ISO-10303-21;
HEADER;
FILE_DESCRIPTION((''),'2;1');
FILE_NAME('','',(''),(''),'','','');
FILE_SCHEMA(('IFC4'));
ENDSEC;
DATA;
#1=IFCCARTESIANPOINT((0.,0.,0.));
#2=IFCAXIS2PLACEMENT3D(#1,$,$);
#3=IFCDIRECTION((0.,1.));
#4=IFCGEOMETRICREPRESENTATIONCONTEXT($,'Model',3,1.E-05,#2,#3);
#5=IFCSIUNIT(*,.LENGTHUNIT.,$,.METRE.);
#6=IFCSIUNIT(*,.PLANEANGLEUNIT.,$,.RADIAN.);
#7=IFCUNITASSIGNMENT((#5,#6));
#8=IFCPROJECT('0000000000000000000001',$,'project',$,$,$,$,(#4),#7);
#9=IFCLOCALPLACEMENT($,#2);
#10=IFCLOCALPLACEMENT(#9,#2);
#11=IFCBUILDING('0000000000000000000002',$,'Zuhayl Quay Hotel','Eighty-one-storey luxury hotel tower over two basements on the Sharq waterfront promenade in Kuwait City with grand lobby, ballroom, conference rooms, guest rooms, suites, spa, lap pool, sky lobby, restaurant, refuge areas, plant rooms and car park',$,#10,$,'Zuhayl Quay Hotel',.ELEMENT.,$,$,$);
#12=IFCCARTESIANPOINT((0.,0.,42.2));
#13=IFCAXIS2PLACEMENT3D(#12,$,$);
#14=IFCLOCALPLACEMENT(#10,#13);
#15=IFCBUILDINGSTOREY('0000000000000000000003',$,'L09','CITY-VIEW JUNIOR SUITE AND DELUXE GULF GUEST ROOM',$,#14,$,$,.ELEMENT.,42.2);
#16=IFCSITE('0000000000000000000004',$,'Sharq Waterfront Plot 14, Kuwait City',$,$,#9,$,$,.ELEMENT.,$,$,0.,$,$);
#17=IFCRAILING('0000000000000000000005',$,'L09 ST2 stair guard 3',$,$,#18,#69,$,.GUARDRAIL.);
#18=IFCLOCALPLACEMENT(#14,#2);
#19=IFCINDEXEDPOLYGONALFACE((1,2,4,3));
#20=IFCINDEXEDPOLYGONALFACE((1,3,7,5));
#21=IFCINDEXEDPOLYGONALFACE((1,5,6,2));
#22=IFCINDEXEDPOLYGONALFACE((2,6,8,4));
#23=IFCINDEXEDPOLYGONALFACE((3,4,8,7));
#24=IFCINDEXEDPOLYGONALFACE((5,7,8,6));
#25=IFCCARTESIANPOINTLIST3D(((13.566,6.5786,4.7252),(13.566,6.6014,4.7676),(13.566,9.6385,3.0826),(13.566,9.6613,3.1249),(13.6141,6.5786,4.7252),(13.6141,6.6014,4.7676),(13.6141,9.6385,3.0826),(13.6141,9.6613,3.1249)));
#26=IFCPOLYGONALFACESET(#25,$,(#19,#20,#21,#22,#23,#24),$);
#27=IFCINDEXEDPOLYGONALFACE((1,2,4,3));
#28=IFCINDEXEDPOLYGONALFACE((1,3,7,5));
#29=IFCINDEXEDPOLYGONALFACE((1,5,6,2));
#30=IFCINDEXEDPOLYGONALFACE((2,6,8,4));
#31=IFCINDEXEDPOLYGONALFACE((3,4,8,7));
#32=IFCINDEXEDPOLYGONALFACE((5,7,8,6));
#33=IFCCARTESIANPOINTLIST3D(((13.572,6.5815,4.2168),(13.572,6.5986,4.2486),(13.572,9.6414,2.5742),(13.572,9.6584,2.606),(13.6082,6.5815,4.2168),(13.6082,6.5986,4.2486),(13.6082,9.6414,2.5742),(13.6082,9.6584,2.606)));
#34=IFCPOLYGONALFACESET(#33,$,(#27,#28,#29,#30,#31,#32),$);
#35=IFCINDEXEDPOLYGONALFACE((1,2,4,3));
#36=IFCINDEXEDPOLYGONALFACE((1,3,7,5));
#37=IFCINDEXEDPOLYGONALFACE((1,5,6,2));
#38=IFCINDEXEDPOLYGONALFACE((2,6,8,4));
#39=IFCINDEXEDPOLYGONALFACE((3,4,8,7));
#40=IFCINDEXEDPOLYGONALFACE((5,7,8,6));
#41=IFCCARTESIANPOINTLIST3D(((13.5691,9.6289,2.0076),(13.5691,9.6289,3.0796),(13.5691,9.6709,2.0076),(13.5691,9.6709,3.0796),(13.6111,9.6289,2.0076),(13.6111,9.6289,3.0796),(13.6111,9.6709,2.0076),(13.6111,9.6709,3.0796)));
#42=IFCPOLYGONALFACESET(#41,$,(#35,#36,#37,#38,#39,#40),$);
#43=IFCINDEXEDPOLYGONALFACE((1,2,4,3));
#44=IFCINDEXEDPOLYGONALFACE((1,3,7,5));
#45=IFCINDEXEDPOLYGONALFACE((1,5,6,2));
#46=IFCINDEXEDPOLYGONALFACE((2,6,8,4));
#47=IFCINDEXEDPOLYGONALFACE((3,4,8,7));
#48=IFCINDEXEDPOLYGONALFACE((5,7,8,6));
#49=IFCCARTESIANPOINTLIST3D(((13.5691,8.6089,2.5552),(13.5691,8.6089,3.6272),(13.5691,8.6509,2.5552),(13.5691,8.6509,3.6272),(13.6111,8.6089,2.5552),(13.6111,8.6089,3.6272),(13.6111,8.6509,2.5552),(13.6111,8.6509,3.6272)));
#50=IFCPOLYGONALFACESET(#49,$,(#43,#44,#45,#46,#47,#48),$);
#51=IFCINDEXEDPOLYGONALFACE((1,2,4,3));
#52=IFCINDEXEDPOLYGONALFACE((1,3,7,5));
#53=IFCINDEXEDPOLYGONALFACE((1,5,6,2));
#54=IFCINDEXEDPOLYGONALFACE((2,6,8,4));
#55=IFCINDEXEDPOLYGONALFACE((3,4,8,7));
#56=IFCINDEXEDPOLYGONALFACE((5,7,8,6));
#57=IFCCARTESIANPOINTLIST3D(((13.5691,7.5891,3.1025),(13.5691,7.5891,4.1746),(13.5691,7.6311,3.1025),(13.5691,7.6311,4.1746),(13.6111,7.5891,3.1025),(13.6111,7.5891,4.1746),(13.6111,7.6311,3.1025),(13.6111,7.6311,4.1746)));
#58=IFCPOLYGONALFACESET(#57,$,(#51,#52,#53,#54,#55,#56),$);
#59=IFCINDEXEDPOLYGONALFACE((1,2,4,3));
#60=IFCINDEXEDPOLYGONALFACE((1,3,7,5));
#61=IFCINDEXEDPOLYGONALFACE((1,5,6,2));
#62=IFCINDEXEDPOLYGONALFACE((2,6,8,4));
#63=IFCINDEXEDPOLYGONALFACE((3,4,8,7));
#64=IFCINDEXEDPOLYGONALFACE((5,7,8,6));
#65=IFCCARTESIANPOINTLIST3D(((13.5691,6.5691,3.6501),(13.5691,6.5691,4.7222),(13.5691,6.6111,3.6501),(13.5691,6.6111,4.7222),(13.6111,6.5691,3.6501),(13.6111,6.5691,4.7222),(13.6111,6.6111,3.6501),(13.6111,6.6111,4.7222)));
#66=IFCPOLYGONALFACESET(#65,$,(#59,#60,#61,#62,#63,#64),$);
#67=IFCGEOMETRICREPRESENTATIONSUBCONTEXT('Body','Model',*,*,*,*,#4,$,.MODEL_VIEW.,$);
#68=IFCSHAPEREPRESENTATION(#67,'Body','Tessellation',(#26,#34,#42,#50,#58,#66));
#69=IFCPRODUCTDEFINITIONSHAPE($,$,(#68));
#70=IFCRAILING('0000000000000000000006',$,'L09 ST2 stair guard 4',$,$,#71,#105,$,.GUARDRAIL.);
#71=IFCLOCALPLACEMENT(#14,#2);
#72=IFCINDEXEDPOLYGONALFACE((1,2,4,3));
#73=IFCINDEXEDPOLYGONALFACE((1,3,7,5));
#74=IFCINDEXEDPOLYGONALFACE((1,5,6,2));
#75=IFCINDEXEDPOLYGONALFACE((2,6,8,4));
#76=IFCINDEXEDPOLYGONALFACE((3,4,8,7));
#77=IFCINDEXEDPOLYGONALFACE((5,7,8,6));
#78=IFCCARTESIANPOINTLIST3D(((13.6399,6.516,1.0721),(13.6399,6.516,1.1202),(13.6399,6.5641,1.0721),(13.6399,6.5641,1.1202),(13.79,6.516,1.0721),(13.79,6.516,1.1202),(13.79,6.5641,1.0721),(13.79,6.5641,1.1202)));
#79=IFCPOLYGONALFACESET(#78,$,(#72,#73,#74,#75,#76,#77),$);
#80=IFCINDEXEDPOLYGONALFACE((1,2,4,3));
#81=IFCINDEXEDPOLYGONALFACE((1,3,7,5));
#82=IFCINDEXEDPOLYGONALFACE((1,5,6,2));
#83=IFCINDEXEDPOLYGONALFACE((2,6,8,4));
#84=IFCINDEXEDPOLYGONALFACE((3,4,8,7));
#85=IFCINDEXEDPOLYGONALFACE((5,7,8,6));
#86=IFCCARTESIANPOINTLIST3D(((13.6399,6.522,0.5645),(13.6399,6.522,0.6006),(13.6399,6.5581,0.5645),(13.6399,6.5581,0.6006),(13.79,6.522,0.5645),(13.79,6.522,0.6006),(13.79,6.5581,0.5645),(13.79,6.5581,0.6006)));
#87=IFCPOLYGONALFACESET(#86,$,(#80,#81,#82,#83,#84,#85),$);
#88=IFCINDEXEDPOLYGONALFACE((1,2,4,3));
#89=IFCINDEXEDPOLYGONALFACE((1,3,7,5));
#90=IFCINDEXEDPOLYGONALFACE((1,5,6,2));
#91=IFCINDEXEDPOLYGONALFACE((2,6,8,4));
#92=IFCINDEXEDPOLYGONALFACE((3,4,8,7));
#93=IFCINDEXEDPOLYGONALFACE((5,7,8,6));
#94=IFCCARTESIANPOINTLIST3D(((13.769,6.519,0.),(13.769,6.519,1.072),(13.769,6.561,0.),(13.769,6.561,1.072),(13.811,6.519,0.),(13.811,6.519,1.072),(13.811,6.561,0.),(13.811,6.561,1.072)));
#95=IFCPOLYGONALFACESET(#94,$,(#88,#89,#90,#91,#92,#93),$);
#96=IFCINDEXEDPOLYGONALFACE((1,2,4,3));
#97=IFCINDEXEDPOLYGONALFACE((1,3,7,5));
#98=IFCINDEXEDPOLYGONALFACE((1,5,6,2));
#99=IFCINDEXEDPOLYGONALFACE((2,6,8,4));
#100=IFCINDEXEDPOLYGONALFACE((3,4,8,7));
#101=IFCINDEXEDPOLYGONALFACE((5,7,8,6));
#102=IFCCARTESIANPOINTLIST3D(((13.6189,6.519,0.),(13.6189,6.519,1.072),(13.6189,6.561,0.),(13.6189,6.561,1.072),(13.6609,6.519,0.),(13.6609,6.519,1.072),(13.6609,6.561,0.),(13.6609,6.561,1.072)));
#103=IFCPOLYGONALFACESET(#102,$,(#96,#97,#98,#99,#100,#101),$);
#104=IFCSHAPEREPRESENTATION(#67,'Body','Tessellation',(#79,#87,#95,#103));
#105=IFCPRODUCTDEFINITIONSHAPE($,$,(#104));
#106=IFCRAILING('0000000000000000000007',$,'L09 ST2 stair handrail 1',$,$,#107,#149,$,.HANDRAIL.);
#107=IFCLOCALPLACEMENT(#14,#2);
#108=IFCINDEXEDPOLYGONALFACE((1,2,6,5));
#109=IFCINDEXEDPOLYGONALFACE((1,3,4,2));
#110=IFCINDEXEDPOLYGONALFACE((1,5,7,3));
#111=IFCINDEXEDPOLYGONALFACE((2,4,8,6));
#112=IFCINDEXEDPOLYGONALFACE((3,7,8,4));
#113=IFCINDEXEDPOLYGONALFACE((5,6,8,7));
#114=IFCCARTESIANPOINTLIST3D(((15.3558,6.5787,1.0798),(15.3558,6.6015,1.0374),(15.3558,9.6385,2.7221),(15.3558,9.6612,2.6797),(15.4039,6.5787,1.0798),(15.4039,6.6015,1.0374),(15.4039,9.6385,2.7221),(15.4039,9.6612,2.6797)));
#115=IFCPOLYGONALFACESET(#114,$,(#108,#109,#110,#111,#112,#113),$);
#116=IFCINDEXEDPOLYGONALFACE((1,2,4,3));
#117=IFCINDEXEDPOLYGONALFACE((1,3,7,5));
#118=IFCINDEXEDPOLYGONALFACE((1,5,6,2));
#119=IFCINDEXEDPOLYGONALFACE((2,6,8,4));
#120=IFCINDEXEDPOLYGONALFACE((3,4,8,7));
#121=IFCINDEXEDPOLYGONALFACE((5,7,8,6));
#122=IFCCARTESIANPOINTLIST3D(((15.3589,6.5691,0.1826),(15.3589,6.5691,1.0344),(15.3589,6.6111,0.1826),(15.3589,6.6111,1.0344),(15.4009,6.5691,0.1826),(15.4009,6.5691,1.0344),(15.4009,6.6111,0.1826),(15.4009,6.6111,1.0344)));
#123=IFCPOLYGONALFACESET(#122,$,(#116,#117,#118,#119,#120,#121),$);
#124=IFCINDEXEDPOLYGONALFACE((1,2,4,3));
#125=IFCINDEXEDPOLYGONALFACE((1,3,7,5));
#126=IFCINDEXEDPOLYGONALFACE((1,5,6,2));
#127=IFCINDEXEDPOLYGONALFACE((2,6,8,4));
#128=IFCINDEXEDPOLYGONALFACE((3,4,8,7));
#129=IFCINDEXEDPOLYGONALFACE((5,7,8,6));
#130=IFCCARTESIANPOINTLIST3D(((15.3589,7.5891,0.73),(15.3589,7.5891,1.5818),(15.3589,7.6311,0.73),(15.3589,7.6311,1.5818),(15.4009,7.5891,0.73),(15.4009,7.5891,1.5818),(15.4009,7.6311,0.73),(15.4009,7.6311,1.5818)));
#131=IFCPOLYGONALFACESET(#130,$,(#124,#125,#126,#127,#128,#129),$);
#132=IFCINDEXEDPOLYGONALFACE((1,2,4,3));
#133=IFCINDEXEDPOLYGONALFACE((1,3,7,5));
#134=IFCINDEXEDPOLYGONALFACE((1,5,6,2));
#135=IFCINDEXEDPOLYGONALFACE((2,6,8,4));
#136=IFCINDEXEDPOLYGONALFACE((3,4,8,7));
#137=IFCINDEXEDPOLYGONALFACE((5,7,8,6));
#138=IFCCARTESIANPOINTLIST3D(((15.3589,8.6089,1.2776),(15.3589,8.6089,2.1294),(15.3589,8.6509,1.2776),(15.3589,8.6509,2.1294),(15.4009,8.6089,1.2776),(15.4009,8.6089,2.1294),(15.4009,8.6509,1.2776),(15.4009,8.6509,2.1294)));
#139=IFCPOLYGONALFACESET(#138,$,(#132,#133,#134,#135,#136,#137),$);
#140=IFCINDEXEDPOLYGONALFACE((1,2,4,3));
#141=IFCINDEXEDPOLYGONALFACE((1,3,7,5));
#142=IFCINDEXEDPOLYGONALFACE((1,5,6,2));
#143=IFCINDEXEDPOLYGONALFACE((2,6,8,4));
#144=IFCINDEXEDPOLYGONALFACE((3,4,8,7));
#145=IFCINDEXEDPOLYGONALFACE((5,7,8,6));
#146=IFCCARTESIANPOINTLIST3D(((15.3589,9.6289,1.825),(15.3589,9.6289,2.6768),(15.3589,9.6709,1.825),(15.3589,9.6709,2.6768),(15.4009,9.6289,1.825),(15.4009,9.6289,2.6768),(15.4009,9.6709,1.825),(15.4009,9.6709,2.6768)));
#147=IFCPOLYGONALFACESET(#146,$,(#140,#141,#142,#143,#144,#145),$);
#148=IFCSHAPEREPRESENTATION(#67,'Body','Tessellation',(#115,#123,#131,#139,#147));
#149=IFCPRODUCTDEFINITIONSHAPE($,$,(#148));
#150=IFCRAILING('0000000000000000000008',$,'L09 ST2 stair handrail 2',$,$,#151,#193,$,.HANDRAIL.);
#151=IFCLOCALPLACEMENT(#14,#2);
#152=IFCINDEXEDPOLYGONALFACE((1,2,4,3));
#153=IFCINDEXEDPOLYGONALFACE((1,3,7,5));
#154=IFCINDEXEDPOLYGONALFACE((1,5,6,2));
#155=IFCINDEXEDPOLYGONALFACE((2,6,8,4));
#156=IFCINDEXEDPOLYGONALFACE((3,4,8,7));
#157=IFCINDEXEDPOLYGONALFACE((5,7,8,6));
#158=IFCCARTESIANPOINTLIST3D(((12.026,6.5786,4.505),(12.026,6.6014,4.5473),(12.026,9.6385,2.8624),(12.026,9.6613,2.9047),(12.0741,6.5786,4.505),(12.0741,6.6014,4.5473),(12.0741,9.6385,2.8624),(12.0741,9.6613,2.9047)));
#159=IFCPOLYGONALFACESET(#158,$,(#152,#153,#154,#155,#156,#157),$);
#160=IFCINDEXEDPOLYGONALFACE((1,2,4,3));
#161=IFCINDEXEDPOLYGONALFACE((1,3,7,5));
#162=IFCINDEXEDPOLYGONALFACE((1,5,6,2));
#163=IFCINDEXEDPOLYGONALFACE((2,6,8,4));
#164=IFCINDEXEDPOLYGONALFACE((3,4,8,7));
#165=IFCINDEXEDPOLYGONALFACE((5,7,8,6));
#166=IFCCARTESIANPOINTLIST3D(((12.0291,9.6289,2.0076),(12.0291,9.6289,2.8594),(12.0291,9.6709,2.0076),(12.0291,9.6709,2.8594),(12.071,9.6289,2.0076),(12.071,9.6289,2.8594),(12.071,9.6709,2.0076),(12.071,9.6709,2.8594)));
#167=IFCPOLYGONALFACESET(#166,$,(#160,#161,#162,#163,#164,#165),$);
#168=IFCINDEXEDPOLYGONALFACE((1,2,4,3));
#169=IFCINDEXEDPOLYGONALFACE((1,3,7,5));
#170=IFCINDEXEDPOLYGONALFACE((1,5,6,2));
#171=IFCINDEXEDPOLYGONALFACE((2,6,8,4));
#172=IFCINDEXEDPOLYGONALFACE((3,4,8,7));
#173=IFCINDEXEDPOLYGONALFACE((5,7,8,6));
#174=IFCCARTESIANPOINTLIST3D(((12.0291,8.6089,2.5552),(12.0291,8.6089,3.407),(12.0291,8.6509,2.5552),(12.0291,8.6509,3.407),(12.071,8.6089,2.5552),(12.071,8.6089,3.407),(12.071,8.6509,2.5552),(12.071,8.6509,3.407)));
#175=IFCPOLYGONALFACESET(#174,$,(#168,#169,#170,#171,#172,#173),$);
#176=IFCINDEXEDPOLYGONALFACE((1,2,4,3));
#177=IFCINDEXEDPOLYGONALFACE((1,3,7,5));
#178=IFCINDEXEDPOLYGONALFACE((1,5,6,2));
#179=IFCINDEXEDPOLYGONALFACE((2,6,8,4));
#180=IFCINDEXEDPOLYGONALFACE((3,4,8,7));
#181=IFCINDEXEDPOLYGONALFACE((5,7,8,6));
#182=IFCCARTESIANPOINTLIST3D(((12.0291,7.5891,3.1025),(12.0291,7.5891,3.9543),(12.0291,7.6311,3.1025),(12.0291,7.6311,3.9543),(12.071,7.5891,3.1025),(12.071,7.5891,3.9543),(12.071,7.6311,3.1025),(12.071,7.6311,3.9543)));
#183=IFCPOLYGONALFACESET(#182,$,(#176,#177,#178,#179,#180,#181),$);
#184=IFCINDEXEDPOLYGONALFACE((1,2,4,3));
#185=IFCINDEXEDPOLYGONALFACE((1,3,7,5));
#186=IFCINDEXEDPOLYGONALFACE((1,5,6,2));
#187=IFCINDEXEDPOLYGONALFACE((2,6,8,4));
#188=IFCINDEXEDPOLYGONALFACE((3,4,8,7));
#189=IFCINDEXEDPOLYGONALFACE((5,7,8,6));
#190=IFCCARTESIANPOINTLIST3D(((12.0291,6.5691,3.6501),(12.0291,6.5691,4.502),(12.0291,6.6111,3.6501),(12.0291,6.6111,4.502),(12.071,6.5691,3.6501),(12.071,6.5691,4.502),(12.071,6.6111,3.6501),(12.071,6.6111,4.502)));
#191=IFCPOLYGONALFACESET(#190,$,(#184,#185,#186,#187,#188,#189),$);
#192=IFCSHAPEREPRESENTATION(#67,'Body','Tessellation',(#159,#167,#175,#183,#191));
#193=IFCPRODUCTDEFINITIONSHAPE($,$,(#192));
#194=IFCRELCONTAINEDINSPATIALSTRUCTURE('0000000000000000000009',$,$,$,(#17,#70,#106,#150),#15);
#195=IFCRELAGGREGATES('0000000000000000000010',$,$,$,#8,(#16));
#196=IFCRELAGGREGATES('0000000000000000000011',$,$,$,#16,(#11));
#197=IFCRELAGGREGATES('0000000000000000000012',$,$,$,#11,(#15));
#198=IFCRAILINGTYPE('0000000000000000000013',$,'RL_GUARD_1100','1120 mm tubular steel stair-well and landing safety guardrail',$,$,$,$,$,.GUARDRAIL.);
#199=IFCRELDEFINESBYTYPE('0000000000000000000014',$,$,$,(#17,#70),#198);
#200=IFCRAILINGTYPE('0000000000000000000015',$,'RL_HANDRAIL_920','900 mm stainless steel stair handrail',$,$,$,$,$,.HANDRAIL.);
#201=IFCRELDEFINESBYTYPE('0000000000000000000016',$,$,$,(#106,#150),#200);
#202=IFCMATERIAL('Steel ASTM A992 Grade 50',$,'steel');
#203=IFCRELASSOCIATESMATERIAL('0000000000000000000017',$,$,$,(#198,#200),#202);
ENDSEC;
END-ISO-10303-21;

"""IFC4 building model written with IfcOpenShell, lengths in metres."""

from ifc_helpers import new_model, si_unit, direction, frame, origin, origin_2d, place, context, subcontext, project, spatial, rectangle, extrude, material, type_object, element, save


model = new_model("IFC4")

# Units and contexts
model_context = context("Model", 3, precision=1e-05, world=origin(), true_north=direction((0.0, 1.0)))
body_context = subcontext(model_context, "Body", "Model", "MODEL_VIEW")
ifc_project = project(units=[si_unit("LENGTHUNIT", "METRE"), si_unit("PLANEANGLEUNIT", "RADIAN")], contexts=[model_context])

# Site, building, storey
site_placement = place(None, origin())
site = spatial("IfcSite", under=ifc_project, at=site_placement, Name="Sharq Waterfront Plot 14, Kuwait City", CompositionType="ELEMENT", RefElevation=0.0)
building_placement = place(site_placement, origin())
building = spatial("IfcBuilding", under=site, at=building_placement, Name="Zuhayl Quay Hotel", Description="Eighty-one-storey luxury hotel tower over two basements on the Sharq waterfront promenade in Kuwait City with grand lobby, ballroom, conference rooms, guest rooms, suites, spa, lap pool, sky lobby, restaurant, refuge areas, plant rooms and car park", LongName="Zuhayl Quay Hotel", CompositionType="ELEMENT")
storey_placement = place(building_placement, frame((0.0, 0.0, 42.2)))
storey = spatial("IfcBuildingStorey", under=building, at=storey_placement, Name="L09", Description="CITY-VIEW JUNIOR SUITE AND DELUXE GULF GUEST ROOM", CompositionType="ELEMENT", Elevation=42.2)

# Shared definitions
ifc_material_1 = material(Name="Steel ASTM A992 Grade 50", Category="steel")

# Railings
railing_type_1 = type_object("IfcRailingType", Name="RL_GUARD_1100", Description="1120 mm tubular steel stair-well and landing safety guardrail", PredefinedType="GUARDRAIL", material=ifc_material_1)
railing_1_placement = place(storey_placement, frame((13.5901, 9.6499, 2.0076)))
element("IfcRailing", 1, at=railing_1_placement, inside=storey, type_object=railing_type_1, Name="L09 ST2 stair guard 3", PredefinedType="GUARDRAIL", context=body_context, shape_type="SweptSolid", body=[
    extrude(rectangle(XDim=0.0481, YDim=0.0481, at=origin_2d()), frame((0.0, 0.0, 1.0962), z_axis=(0.0, -0.881073, 0.47298), x_axis=(1.0, 0.0, 0.0)), (0.0, 0.0, 1.0), 3.4729),
    extrude(rectangle(XDim=0.0361, YDim=0.0361, at=origin_2d()), frame((0.0, 0.0, 0.5825), z_axis=(0.0, -0.881073, 0.47298), x_axis=(1.0, 0.0, 0.0)), (0.0, 0.0, 1.0), 3.4729),
    extrude(rectangle(XDim=0.042, YDim=0.042, at=origin_2d()), origin(), (0.0, 0.0, 1.0), 1.072),
    extrude(rectangle(XDim=0.042, YDim=0.042, at=origin_2d()), frame((0.0, -1.02, 0.5476)), (0.0, 0.0, 1.0), 1.072),
    extrude(rectangle(XDim=0.042, YDim=0.042, at=origin_2d()), frame((0.0, -2.0398, 1.095)), (0.0, 0.0, 1.0), 1.072),
    extrude(rectangle(XDim=0.042, YDim=0.042, at=origin_2d()), frame((0.0, -3.0598, 1.6426)), (0.0, 0.0, 1.0), 1.072),
])
railing_2_placement = place(storey_placement, frame((13.79, 6.54, 0.0)))
element("IfcRailing", 2, at=railing_2_placement, inside=storey, type_object=railing_type_1, Name="L09 ST2 stair guard 4", PredefinedType="GUARDRAIL", context=body_context, shape_type="SweptSolid", body=[
    extrude(rectangle(XDim=0.0481, YDim=0.0481, at=origin_2d()), frame((0.0, 0.0, 1.0962), z_axis=(-1.0, 0.0, 0.0), x_axis=(0.0, -1.0, 0.0)), (0.0, 0.0, 1.0), 0.1501),
    extrude(rectangle(XDim=0.0361, YDim=0.0361, at=origin_2d()), frame((0.0, 0.0, 0.5825), z_axis=(-1.0, 0.0, 0.0), x_axis=(0.0, -1.0, 0.0)), (0.0, 0.0, 1.0), 0.1501),
    extrude(rectangle(XDim=0.042, YDim=0.042, at=origin_2d()), origin(), (0.0, 0.0, 1.0), 1.072),
    extrude(rectangle(XDim=0.042, YDim=0.042, at=origin_2d()), frame((-0.1501, 0.0, 0.0)), (0.0, 0.0, 1.0), 1.072),
])
railing_type_2 = type_object("IfcRailingType", Name="RL_HANDRAIL_920", Description="900 mm stainless steel stair handrail", PredefinedType="HANDRAIL", material=ifc_material_1)
railing_3_placement = place(storey_placement, frame((15.3799, 6.5901, 0.1826)))
element("IfcRailing", 3, at=railing_3_placement, inside=storey, type_object=railing_type_2, Name="L09 ST2 stair handrail 1", PredefinedType="HANDRAIL", context=body_context, shape_type="SweptSolid", body=[
    extrude(rectangle(XDim=0.0481, YDim=0.0481, at=origin_2d()), frame((0.0, 0.0, 0.876), z_axis=(0.0, 0.881102, 0.472926), x_axis=(-1.0, 0.0, 0.0)), (0.0, 0.0, 1.0), 3.4727),
    extrude(rectangle(XDim=0.042, YDim=0.042, at=origin_2d()), origin(), (0.0, 0.0, 1.0), 0.8518),
    extrude(rectangle(XDim=0.042, YDim=0.042, at=origin_2d()), frame((0.0, 1.02, 0.5474)), (0.0, 0.0, 1.0), 0.8518),
    extrude(rectangle(XDim=0.042, YDim=0.042, at=origin_2d()), frame((0.0, 2.0398, 1.095)), (0.0, 0.0, 1.0), 0.8518),
    extrude(rectangle(XDim=0.042, YDim=0.042, at=origin_2d()), frame((0.0, 3.0598, 1.6423)), (0.0, 0.0, 1.0), 0.8518),
])
railing_4_placement = place(storey_placement, frame((12.05, 9.6499, 2.0076)))
element("IfcRailing", 4, at=railing_4_placement, inside=storey, type_object=railing_type_2, Name="L09 ST2 stair handrail 2", PredefinedType="HANDRAIL", context=body_context, shape_type="SweptSolid", body=[
    extrude(rectangle(XDim=0.0481, YDim=0.0481, at=origin_2d()), frame((0.0, 0.0, 0.876), z_axis=(0.0, -0.881073, 0.47298), x_axis=(1.0, 0.0, 0.0)), (0.0, 0.0, 1.0), 3.4729),
    extrude(rectangle(XDim=0.042, YDim=0.042, at=origin_2d()), origin(), (0.0, 0.0, 1.0), 0.8518),
    extrude(rectangle(XDim=0.042, YDim=0.042, at=origin_2d()), frame((0.0, -1.02, 0.5476)), (0.0, 0.0, 1.0), 0.8518),
    extrude(rectangle(XDim=0.042, YDim=0.042, at=origin_2d()), frame((0.0, -2.0398, 1.095)), (0.0, 0.0, 1.0), 0.8518),
    extrude(rectangle(XDim=0.042, YDim=0.042, at=origin_2d()), frame((0.0, -3.0598, 1.6426)), (0.0, 0.0, 1.0), 0.8518),
])

save(model, "model.ifc")
